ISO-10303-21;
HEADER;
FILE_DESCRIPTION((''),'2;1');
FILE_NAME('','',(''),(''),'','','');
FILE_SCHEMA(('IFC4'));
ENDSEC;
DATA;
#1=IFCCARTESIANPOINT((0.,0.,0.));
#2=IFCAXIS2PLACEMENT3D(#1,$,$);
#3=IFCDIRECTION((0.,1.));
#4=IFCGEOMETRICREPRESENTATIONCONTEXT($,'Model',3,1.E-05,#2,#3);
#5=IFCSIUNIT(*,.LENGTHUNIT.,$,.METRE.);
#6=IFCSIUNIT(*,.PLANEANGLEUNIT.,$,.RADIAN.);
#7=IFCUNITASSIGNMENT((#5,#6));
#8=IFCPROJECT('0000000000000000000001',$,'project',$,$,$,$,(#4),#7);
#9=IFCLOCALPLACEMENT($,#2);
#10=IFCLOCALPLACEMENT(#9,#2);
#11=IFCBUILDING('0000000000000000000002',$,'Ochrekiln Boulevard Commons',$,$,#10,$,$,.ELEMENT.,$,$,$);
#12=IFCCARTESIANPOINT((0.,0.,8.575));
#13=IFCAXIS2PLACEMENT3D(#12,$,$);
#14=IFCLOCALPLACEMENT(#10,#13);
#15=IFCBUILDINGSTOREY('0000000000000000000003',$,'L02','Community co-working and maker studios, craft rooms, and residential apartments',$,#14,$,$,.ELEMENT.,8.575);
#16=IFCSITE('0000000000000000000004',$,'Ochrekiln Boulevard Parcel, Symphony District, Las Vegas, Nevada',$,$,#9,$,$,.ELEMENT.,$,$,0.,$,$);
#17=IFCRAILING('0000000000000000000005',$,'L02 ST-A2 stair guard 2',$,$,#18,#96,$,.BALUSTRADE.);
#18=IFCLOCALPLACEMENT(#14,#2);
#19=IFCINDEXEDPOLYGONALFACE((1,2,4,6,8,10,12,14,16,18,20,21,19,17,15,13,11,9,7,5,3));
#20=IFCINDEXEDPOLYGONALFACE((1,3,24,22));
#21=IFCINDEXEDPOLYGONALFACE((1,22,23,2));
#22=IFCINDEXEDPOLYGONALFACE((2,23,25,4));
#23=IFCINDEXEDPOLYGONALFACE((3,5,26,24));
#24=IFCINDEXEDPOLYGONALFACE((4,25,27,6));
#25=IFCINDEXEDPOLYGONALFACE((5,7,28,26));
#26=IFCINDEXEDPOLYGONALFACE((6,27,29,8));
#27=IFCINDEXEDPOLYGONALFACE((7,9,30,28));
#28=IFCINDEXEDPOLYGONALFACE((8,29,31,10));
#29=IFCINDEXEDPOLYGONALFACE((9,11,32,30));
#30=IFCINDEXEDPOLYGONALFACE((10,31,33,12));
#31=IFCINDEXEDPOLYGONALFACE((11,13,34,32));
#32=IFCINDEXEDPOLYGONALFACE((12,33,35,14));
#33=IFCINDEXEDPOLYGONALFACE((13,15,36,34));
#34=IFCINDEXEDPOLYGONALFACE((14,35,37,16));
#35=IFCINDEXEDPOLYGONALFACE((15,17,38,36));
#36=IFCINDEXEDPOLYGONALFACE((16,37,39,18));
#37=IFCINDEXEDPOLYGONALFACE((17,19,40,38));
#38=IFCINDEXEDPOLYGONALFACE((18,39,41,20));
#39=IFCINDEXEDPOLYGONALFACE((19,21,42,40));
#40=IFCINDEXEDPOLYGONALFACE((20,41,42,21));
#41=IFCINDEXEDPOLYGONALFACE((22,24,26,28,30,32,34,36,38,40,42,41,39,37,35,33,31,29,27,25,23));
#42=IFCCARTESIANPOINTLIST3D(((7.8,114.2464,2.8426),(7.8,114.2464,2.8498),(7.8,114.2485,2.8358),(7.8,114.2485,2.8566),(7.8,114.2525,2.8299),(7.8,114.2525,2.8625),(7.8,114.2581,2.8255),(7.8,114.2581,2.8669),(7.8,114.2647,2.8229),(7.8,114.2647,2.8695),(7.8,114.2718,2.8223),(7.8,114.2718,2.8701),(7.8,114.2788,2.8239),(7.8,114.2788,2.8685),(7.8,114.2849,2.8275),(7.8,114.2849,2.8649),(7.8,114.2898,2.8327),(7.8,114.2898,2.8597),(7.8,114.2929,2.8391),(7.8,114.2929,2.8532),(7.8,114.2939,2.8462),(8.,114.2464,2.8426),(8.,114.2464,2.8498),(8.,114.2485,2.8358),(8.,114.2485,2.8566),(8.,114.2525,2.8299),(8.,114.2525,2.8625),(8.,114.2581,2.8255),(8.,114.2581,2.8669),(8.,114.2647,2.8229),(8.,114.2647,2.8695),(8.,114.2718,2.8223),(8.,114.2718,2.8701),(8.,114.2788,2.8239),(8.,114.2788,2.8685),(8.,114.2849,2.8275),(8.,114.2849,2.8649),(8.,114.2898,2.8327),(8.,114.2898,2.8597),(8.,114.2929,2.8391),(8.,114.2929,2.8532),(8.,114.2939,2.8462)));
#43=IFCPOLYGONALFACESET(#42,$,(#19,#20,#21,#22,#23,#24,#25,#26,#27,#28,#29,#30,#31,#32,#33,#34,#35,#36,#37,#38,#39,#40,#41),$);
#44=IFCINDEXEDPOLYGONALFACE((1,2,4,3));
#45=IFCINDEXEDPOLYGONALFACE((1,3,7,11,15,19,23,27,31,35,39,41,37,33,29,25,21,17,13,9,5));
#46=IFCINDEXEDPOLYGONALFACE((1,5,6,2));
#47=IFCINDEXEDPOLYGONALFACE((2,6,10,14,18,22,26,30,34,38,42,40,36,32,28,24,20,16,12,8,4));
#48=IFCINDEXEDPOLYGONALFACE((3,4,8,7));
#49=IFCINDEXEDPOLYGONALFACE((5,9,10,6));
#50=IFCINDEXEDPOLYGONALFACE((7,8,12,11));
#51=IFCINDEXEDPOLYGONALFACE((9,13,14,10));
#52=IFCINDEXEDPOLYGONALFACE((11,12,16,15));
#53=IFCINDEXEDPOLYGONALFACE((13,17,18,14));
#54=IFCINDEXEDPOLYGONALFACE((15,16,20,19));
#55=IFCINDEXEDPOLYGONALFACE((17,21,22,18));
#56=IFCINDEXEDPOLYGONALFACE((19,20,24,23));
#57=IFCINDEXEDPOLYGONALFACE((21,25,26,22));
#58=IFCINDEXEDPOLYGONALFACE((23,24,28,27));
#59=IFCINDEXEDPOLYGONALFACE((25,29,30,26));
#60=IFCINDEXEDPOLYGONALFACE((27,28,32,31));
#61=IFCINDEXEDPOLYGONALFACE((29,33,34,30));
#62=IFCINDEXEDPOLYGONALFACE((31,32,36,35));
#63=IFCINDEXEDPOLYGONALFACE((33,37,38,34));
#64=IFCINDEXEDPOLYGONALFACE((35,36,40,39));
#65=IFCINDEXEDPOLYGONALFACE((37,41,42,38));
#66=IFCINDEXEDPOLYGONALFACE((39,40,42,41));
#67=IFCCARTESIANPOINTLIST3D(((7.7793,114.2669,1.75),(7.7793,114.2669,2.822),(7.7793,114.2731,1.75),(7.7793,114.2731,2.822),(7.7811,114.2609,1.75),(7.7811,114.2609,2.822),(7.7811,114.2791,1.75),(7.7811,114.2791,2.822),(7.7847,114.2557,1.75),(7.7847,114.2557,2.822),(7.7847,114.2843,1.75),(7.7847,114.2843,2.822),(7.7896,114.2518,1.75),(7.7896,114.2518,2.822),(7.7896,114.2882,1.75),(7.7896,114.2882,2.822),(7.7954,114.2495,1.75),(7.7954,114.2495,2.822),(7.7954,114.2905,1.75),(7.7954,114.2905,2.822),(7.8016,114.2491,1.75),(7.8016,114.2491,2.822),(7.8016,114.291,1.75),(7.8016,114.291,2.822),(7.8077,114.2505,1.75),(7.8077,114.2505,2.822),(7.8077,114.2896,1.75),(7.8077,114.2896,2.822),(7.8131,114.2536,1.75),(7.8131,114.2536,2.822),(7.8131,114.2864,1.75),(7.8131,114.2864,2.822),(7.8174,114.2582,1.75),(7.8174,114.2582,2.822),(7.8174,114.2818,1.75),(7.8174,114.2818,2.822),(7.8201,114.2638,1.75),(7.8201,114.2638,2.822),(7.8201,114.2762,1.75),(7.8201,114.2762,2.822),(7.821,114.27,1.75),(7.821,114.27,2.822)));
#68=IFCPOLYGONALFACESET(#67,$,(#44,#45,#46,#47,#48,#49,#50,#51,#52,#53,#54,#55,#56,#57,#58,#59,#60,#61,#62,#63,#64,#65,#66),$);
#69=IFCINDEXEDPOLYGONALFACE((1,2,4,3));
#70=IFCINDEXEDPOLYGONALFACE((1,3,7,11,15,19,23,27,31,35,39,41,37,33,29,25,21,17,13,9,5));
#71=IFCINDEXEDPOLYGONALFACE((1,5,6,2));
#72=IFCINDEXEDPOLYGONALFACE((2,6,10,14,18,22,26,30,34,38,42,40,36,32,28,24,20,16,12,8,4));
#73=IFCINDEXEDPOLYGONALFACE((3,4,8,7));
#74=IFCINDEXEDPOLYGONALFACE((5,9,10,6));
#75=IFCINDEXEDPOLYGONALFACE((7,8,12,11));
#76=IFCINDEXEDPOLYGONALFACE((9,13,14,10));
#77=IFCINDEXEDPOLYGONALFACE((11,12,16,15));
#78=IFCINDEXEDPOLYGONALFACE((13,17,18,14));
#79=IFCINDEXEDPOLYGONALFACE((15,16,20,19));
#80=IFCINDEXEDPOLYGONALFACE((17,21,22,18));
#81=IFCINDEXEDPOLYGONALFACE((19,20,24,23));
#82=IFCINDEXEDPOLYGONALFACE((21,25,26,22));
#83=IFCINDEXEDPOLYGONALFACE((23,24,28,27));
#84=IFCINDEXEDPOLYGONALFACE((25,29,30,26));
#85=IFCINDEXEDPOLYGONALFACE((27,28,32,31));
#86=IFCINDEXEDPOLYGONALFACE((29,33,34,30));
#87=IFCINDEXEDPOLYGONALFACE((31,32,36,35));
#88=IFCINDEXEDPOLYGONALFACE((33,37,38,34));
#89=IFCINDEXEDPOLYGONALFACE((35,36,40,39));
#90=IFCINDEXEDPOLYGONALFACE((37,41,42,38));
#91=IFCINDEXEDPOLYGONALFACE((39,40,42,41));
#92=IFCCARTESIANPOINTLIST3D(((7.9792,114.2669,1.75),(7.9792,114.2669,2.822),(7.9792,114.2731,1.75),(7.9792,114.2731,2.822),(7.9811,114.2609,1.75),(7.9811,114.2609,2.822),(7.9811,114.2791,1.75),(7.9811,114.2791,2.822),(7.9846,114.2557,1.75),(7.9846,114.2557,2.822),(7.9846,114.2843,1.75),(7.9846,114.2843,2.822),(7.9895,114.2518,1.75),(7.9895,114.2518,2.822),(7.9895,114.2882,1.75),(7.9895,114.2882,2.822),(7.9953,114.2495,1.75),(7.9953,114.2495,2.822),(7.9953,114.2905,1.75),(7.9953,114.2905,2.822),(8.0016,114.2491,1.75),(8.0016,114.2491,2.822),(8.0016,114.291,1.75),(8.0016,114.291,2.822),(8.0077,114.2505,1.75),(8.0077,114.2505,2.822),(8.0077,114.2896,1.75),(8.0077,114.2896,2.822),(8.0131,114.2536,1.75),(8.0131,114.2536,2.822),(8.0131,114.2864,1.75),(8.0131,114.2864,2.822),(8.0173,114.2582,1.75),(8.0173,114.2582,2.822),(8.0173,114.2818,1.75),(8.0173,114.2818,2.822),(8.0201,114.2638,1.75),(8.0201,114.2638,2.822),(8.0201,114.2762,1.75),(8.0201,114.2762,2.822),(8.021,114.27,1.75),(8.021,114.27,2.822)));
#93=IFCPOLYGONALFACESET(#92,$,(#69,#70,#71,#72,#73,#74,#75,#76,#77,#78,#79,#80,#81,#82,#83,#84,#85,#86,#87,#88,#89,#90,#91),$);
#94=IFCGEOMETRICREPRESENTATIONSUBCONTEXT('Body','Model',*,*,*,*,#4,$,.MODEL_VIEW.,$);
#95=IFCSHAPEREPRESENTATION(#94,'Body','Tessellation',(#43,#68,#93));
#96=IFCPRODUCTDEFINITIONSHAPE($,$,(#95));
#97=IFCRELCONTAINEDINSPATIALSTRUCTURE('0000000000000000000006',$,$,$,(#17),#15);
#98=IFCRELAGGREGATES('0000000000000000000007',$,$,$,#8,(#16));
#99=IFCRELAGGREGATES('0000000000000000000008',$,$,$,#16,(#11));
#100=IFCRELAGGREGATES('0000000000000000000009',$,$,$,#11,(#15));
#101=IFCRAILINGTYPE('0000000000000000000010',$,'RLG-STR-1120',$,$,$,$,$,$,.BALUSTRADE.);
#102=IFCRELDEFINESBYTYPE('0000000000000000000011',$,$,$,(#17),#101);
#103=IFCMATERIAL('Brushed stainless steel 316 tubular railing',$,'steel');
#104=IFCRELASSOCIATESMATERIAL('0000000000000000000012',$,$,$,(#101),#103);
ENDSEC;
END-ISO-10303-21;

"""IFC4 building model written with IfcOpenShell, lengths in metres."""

from ifc_helpers import new_model, si_unit, direction, frame, origin, origin_2d, place, context, subcontext, project, spatial, circle, extrude, material, type_object, element, save


model = new_model("IFC4")

# Units and contexts
model_context = context("Model", 3, precision=1e-05, world=origin(), true_north=direction((0.0, 1.0)))
body_context = subcontext(model_context, "Body", "Model", "MODEL_VIEW")
ifc_project = project(units=[si_unit("LENGTHUNIT", "METRE"), si_unit("PLANEANGLEUNIT", "RADIAN")], contexts=[model_context])

# Site, building, storey
site_placement = place(None, origin())
site = spatial("IfcSite", under=ifc_project, at=site_placement, Name="Ochrekiln Boulevard Parcel, Symphony District, Las Vegas, Nevada", CompositionType="ELEMENT", RefElevation=0.0)
building_placement = place(site_placement, origin())
building = spatial("IfcBuilding", under=site, at=building_placement, Name="Ochrekiln Boulevard Commons", CompositionType="ELEMENT")
storey_placement = place(building_placement, frame((0.0, 0.0, 8.575)))
storey = spatial("IfcBuildingStorey", under=building, at=storey_placement, Name="L02", Description="Community co-working and maker studios, craft rooms, and residential apartments", CompositionType="ELEMENT", Elevation=8.575)

# Railing
ifc_material_1 = material(Name="Brushed stainless steel 316 tubular railing", Category="steel")
railing_type_1 = type_object("IfcRailingType", Name="RLG-STR-1120", PredefinedType="BALUSTRADE", material=ifc_material_1)
railing_1_placement = place(storey_placement, frame((7.8, 114.27, 1.75)))
element("IfcRailing", 1, at=railing_1_placement, inside=storey, type_object=railing_type_1, Name="L02 ST-A2 stair guard 2", PredefinedType="BALUSTRADE", context=body_context, shape_type="SweptSolid", body=[
    extrude(circle(Radius=0.0239, at=origin_2d()), frame((0.0, 0.0, 1.0962), z_axis=(1.0, 0.0, 0.0), x_axis=(0.0, 1.0, 0.0)), (0.0, 0.0, 1.0), 0.2),
    extrude(circle(Radius=0.021, at=origin_2d()), origin(), (0.0, 0.0, 1.0), 1.072),
    extrude(circle(Radius=0.021, at=origin_2d()), frame((0.2, 0.0, 0.0)), (0.0, 0.0, 1.0), 1.072),
])

save(model, "model.ifc")
